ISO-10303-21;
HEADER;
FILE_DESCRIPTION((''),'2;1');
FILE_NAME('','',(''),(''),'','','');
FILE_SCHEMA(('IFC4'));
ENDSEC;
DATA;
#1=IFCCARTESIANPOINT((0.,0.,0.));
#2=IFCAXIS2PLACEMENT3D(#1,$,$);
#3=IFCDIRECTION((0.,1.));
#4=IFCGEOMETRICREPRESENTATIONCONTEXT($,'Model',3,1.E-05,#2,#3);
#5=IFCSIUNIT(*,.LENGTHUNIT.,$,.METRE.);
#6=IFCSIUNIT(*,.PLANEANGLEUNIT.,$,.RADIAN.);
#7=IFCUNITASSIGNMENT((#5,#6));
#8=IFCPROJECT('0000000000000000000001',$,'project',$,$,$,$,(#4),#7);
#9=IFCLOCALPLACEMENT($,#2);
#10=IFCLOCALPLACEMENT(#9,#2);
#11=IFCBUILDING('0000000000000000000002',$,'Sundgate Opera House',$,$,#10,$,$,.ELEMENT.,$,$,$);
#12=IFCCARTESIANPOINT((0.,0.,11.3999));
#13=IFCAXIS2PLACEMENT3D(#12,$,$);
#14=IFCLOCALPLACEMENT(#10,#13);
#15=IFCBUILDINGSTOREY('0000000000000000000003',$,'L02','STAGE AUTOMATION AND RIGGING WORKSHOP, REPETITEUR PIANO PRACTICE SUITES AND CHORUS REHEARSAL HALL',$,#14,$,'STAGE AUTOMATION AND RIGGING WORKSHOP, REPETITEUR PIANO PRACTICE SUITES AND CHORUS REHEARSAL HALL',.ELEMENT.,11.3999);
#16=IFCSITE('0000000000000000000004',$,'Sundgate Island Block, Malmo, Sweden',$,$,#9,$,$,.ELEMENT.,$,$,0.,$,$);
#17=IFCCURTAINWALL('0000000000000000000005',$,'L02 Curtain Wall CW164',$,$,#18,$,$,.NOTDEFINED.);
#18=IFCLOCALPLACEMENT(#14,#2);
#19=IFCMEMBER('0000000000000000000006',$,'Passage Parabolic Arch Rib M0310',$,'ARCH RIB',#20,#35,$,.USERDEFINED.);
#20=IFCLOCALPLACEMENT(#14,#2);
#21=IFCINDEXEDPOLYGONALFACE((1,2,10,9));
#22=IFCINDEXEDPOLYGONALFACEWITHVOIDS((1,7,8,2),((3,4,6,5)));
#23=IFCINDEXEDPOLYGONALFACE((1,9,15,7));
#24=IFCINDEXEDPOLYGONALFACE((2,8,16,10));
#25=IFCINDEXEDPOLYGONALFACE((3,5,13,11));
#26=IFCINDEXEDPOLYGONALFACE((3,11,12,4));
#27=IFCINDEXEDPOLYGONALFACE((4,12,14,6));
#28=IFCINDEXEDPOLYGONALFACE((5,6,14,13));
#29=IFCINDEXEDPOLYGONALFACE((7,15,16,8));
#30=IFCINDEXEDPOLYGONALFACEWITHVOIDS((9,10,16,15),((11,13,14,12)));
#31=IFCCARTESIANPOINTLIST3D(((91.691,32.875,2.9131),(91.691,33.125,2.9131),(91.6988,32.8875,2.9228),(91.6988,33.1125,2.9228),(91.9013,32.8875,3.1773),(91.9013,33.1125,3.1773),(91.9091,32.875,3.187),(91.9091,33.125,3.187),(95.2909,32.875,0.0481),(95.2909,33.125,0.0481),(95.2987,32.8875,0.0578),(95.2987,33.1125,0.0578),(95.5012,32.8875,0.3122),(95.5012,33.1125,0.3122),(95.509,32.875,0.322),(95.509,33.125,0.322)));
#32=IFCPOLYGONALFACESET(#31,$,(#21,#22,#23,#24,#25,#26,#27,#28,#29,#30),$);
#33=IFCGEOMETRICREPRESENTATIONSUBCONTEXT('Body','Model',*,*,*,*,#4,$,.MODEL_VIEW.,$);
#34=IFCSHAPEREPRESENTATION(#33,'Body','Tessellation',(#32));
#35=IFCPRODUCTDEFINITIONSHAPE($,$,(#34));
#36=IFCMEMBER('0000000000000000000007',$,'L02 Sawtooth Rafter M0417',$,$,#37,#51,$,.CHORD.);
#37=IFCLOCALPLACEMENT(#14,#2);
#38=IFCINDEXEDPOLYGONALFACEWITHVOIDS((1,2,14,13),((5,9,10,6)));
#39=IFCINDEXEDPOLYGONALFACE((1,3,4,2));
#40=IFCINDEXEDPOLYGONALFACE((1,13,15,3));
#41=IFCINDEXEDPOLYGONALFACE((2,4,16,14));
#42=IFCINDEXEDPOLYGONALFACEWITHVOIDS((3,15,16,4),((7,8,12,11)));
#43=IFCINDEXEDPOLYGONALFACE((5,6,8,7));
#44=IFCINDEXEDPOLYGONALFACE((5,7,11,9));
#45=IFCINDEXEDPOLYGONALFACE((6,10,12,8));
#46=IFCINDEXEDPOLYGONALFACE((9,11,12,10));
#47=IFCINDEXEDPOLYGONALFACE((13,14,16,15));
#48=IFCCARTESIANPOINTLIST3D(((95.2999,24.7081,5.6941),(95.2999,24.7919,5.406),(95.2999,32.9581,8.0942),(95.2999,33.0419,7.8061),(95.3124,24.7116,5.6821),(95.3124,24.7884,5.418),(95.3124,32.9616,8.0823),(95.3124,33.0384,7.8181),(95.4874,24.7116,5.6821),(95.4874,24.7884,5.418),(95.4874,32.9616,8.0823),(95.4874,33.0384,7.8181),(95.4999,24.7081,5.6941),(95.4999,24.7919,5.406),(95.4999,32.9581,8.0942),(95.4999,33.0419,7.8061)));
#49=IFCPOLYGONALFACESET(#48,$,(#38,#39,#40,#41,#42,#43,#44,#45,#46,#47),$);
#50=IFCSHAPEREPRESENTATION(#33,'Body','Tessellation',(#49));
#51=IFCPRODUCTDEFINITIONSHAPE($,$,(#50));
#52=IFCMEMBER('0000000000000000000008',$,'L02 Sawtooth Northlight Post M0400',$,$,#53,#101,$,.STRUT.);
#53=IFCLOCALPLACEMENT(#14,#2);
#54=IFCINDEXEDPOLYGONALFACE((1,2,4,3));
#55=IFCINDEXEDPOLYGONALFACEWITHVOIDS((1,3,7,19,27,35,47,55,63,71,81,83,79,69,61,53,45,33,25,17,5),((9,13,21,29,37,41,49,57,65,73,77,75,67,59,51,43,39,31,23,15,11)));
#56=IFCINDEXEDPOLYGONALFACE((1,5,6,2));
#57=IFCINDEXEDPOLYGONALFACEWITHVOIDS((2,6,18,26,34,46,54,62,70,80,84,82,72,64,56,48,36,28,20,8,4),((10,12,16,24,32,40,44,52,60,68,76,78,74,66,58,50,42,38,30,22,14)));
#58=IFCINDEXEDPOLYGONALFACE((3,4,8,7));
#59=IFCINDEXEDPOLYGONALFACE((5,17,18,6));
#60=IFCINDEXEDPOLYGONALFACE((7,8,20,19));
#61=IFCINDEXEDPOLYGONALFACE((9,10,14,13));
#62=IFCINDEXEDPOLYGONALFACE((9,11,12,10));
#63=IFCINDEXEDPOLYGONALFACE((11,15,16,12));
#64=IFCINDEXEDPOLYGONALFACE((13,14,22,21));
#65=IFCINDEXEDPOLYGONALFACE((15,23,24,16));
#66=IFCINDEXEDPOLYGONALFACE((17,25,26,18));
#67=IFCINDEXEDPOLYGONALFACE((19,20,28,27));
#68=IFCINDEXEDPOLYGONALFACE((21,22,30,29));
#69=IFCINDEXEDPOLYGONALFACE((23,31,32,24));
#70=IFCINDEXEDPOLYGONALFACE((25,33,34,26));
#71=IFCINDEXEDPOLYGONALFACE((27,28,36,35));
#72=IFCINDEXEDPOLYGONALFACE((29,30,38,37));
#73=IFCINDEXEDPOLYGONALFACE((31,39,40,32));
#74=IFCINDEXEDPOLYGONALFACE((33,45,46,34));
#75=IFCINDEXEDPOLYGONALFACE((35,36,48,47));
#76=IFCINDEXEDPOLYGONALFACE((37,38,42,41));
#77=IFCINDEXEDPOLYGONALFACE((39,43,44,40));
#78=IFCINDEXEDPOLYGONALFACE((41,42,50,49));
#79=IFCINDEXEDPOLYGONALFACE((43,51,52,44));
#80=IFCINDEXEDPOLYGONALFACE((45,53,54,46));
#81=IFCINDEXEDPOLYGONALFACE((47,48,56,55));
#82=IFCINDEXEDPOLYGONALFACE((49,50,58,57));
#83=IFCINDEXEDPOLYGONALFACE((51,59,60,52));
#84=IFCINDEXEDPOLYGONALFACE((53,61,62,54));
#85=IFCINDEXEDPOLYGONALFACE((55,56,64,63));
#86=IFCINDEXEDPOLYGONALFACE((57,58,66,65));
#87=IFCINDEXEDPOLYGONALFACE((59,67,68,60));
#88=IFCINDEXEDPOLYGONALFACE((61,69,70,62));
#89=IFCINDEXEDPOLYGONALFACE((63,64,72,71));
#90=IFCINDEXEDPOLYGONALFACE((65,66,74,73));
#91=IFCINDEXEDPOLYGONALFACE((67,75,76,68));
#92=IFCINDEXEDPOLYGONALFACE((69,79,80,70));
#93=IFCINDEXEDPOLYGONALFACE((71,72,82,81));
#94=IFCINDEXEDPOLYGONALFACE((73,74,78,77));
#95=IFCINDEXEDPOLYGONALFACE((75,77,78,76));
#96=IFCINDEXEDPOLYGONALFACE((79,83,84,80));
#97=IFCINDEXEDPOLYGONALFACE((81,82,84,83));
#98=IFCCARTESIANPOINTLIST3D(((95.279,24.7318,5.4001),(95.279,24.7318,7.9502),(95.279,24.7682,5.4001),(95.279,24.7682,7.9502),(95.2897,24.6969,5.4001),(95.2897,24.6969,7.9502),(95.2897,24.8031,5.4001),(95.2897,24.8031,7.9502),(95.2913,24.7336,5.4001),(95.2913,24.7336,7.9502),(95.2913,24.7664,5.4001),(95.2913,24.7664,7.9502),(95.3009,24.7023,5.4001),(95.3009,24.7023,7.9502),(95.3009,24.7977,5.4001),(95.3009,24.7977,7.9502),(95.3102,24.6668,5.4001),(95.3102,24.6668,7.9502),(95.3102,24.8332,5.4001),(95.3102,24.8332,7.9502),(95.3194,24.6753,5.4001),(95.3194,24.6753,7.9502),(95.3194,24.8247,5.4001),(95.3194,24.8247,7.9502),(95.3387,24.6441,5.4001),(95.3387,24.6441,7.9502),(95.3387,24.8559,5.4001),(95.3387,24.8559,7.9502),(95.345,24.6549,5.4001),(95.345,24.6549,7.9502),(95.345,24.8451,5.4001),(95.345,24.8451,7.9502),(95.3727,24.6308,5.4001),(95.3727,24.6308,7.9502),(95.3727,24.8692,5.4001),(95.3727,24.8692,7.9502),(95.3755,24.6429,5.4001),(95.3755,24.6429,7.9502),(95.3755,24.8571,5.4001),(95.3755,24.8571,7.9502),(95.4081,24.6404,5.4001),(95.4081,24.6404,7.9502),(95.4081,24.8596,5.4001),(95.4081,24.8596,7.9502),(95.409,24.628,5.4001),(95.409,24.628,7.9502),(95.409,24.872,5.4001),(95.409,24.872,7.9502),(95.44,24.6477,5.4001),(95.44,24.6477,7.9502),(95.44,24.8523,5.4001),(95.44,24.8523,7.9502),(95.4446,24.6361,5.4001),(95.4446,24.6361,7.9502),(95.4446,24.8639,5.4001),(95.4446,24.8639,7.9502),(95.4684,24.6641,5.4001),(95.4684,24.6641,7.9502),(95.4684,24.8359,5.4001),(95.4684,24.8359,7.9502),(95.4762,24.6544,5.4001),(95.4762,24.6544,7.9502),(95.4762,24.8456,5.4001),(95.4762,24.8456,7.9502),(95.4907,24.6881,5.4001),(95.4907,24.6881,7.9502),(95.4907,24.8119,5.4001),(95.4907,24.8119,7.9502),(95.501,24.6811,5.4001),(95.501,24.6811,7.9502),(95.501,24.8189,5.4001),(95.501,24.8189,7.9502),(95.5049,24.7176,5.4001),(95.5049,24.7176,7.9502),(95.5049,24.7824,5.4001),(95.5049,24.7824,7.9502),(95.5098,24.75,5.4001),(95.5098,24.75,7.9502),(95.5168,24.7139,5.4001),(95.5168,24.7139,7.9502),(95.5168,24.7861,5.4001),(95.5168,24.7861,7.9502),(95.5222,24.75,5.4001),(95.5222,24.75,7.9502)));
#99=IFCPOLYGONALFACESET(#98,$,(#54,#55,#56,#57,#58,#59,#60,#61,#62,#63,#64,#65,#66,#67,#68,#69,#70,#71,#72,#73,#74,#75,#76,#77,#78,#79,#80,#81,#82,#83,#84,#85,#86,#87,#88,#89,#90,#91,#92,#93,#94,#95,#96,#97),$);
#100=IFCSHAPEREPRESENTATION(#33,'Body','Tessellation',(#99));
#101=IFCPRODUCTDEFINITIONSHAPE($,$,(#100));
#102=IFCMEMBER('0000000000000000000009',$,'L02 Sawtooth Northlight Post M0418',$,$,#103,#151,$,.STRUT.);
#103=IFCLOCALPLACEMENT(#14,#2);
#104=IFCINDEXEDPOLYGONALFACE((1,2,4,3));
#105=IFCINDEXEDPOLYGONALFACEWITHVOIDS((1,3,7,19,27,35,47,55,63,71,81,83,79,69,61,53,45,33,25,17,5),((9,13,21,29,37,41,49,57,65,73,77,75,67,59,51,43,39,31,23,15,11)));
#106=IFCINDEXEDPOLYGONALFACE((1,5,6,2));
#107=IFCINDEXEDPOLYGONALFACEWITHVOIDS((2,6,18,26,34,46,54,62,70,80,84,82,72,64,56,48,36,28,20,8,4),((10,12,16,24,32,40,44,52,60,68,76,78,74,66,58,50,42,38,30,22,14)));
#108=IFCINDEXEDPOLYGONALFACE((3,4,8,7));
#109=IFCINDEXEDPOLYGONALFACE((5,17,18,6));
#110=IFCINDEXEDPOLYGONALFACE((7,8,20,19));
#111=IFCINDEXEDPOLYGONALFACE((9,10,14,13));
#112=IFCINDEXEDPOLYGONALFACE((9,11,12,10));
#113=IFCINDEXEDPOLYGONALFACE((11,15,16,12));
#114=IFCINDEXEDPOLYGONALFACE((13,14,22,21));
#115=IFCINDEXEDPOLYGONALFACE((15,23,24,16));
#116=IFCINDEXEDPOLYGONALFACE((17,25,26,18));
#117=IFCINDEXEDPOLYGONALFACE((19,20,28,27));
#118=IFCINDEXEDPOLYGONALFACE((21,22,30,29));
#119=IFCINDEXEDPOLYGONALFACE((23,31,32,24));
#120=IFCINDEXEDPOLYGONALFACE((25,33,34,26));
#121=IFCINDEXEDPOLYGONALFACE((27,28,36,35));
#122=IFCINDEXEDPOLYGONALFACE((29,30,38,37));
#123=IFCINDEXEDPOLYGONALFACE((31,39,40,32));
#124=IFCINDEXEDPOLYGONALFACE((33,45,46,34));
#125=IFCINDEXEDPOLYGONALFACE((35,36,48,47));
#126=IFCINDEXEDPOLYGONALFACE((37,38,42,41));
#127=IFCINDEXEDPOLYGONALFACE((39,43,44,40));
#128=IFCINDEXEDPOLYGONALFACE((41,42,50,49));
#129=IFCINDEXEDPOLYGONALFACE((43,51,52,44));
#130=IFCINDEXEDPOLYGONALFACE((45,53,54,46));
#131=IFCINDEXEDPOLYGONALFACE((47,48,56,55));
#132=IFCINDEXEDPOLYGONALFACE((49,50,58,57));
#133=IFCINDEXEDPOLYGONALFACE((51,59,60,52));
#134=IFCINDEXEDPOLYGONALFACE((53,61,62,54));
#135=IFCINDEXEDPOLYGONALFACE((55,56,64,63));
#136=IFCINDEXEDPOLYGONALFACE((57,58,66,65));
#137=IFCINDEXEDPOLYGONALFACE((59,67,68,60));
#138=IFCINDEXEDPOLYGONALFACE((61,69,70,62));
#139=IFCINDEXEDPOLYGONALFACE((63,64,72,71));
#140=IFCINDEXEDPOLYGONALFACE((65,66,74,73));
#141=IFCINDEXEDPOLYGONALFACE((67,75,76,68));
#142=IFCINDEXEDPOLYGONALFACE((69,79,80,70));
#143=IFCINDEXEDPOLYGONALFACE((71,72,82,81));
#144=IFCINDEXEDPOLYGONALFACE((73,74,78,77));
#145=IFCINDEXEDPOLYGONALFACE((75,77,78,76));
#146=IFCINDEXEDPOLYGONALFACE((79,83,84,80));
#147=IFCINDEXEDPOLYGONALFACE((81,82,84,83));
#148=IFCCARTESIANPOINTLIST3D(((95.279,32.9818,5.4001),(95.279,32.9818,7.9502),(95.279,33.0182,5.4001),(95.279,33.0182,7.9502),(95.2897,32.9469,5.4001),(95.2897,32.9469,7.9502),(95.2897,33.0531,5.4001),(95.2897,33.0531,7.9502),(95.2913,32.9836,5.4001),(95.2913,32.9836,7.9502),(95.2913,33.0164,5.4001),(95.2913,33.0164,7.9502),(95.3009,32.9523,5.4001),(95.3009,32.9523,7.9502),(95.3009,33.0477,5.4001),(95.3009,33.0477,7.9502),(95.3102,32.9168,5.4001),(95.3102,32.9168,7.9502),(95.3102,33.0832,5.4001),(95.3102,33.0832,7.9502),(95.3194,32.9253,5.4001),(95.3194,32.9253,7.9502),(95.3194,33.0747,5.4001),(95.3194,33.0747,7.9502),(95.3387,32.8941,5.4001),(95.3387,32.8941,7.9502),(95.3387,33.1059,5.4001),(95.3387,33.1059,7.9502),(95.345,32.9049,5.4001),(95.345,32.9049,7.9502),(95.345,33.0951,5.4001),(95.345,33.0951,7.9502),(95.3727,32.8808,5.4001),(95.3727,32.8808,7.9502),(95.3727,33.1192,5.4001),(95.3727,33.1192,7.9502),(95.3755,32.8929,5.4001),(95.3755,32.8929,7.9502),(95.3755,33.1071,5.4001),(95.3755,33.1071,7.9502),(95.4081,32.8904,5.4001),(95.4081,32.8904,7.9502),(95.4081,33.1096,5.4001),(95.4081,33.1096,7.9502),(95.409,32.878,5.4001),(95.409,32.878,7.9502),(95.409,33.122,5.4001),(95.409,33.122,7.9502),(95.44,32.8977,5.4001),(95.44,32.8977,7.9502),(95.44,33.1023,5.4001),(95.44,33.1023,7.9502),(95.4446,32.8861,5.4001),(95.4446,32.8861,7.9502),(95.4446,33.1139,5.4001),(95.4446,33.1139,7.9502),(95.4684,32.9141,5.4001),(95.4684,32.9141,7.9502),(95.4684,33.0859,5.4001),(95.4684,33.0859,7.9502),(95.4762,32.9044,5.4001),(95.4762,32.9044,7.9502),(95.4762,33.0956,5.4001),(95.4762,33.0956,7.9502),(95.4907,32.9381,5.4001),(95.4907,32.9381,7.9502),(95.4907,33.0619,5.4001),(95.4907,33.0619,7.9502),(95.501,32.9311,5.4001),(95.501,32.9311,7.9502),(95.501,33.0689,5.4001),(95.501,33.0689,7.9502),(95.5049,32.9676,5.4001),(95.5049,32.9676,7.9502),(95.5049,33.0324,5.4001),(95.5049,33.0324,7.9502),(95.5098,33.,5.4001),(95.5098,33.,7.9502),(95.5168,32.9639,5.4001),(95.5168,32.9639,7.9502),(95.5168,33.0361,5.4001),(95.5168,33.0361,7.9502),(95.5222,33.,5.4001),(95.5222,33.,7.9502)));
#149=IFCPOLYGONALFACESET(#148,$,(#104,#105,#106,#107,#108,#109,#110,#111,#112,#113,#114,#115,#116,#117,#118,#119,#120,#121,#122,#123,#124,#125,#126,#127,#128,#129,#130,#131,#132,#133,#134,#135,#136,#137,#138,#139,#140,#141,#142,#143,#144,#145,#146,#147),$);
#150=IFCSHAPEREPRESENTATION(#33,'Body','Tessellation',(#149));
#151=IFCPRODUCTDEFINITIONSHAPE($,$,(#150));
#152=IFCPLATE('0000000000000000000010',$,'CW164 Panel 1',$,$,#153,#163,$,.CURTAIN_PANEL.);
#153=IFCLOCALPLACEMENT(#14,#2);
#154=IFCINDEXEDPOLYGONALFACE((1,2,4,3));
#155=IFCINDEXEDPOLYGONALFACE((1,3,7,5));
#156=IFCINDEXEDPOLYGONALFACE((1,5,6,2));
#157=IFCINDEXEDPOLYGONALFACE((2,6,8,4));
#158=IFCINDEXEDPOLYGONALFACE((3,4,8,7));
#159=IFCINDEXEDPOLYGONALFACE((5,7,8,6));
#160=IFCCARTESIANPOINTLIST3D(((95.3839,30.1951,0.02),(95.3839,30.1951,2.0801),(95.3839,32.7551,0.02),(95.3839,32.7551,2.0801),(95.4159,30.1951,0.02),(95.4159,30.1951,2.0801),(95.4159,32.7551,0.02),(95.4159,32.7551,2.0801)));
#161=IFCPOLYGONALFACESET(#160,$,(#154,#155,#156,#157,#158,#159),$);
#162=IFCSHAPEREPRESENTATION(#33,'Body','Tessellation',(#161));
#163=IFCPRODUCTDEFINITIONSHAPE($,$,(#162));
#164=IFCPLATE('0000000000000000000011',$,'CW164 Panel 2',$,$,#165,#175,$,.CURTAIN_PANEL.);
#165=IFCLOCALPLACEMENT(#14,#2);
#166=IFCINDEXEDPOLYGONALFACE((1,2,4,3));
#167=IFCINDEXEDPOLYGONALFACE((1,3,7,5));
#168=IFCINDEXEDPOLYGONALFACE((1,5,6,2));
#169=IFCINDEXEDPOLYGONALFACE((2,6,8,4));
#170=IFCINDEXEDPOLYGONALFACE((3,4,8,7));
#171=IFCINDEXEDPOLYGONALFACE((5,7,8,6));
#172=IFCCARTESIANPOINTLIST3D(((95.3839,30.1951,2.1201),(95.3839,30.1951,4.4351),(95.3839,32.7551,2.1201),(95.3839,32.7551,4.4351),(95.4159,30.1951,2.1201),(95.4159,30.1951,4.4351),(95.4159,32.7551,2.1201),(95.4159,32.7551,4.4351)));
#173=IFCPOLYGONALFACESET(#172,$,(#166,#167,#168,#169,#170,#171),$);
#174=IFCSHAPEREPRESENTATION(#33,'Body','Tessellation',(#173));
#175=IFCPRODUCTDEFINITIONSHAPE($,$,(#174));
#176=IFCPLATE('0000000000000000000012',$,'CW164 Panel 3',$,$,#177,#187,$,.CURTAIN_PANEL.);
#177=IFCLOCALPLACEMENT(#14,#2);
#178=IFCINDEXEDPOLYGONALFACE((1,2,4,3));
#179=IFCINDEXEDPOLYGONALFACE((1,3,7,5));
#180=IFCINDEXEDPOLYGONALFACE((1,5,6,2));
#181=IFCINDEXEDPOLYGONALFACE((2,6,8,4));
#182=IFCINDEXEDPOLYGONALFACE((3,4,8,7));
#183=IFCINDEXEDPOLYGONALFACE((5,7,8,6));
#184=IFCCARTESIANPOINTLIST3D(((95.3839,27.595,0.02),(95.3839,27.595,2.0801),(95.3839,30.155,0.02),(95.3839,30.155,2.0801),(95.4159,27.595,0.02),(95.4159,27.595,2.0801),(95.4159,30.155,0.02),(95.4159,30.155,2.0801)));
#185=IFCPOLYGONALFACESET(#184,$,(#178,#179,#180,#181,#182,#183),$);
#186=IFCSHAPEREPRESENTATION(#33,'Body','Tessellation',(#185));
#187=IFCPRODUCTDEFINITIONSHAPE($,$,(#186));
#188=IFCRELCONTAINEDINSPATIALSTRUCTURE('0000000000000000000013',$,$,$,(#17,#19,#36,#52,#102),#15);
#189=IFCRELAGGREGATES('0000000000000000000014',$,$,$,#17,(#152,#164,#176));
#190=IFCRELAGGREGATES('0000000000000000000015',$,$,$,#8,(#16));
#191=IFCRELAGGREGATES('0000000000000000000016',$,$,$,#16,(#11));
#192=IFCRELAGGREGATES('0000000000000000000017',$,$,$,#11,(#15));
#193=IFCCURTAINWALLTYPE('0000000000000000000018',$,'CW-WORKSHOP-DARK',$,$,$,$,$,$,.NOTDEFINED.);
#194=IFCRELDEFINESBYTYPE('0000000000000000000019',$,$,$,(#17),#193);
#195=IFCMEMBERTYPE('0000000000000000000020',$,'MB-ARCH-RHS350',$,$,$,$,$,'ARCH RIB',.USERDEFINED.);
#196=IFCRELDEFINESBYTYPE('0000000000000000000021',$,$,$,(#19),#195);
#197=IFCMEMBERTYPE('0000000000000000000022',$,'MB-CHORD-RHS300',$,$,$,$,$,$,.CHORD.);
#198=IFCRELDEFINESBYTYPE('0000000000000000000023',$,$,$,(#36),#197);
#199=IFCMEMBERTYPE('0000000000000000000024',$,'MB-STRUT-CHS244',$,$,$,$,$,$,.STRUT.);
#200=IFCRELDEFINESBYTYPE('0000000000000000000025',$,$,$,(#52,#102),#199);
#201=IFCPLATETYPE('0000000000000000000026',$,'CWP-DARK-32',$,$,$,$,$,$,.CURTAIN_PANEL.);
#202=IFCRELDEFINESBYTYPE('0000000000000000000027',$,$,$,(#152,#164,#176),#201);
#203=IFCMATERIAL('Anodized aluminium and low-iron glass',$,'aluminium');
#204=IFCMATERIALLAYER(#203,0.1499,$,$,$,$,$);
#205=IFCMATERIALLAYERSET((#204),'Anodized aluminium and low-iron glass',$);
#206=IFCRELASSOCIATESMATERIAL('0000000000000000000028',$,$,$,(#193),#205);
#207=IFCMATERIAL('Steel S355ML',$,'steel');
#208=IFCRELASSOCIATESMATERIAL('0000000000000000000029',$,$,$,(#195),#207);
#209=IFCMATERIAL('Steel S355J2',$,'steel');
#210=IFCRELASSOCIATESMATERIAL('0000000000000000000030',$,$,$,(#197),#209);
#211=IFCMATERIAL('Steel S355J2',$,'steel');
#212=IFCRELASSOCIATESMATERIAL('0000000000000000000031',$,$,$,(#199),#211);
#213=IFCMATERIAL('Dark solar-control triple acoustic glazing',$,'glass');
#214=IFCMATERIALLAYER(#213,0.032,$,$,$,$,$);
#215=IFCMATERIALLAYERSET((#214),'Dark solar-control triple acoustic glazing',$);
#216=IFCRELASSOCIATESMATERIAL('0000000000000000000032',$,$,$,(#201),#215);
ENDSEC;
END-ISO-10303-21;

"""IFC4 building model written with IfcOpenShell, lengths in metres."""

from ifc_helpers import new_model, si_unit, direction, frame, origin, origin_2d, place, context, subcontext, project, spatial, rectangle, hollow_rectangle, hollow_circle, extrude, material, layer, layer_set, material_profile, profile_set, type_object, element, aggregate, save


model = new_model("IFC4")

# Units and contexts
model_context = context("Model", 3, precision=1e-05, world=origin(), true_north=direction((0.0, 1.0)))
body_context = subcontext(model_context, "Body", "Model", "MODEL_VIEW")
ifc_project = project(units=[si_unit("LENGTHUNIT", "METRE"), si_unit("PLANEANGLEUNIT", "RADIAN")], contexts=[model_context])

# Site, building, storey
site_placement = place(None, origin())
site = spatial("IfcSite", under=ifc_project, at=site_placement, Name="Sundgate Island Block, Malmo, Sweden", CompositionType="ELEMENT", RefElevation=0.0)
building_placement = place(site_placement, origin())
building = spatial("IfcBuilding", under=site, at=building_placement, Name="Sundgate Opera House", CompositionType="ELEMENT")
storey_placement = place(building_placement, frame((0.0, 0.0, 11.3999)))
storey = spatial("IfcBuildingStorey", under=building, at=storey_placement, Name="L02", Description="STAGE AUTOMATION AND RIGGING WORKSHOP, REPETITEUR PIANO PRACTICE SUITES AND CHORUS REHEARSAL HALL", LongName="STAGE AUTOMATION AND RIGGING WORKSHOP, REPETITEUR PIANO PRACTICE SUITES AND CHORUS REHEARSAL HALL", CompositionType="ELEMENT", Elevation=11.3999)

# Curtain wall
ifc_material_1 = material(Name="Anodized aluminium and low-iron glass", Category="aluminium")
ifc_layer_1 = layer(ifc_material_1, 0.1499)
ifc_layer_set_1 = layer_set([ifc_layer_1], Name="Anodized aluminium and low-iron glass")
curtain_wall_type_1 = type_object("IfcCurtainWallType", Name="CW-WORKSHOP-DARK", PredefinedType="NOTDEFINED", material=ifc_layer_set_1)
curtain_wall_1_placement = place(storey_placement, origin())
curtain_wall_1 = element("IfcCurtainWall", 1, at=curtain_wall_1_placement, inside=storey, type_object=curtain_wall_type_1, Name="L02 Curtain Wall CW164", PredefinedType="NOTDEFINED")

# Members
ifc_material_2 = material(Name="Steel S355ML", Category="steel")
ifc_material_profile_1 = material_profile(ifc_material_2, hollow_rectangle(XDim=0.25, YDim=0.3501, WallThickness=0.0125, at=origin_2d()), Name="RHS 350x250x12.5")
ifc_profile_set_1 = profile_set([ifc_material_profile_1], Name="Steel S355ML")
member_type_1 = type_object("IfcMemberType", Name="MB-ARCH-RHS350", ElementType="ARCH RIB", PredefinedType="USERDEFINED", material=ifc_profile_set_1)
member_1_placement = place(storey_placement, frame((91.8, 33.0, 3.05), z_axis=(0.782445, 0.0, -0.622719), x_axis=(0.0, 1.0, 0.0)))
element("IfcMember", 2, at=member_1_placement, inside=storey, type_object=member_type_1, Name="Passage Parabolic Arch Rib M0310", ObjectType="ARCH RIB", PredefinedType="USERDEFINED", context=body_context, shape_type="SweptSolid", body=[
    extrude(hollow_rectangle(XDim=0.25, YDim=0.3501, WallThickness=0.0125, at=origin_2d()), origin(), (0.0, 0.0, 1.0), 4.6008),
])
ifc_material_3 = material(Name="Steel S355J2", Category="steel")
ifc_material_profile_2 = material_profile(ifc_material_3, hollow_rectangle(XDim=0.2, YDim=0.3, WallThickness=0.0125, at=origin_2d()), Name="RHS 300x200x12.5")
ifc_profile_set_2 = profile_set([ifc_material_profile_2], Name="Steel S355J2")
member_type_2 = type_object("IfcMemberType", Name="MB-CHORD-RHS300", PredefinedType="CHORD", material=ifc_profile_set_2)
member_2_placement = place(storey_placement, frame((95.3999, 24.75, 5.55), z_axis=(0.0, 0.960191, 0.279345), x_axis=(-1.0, 0.0, 0.0)))
element("IfcMember", 3, at=member_2_placement, inside=storey, type_object=member_type_2, Name="L02 Sawtooth Rafter M0417", PredefinedType="CHORD", context=body_context, shape_type="SweptSolid", body=[
    extrude(hollow_rectangle(XDim=0.2, YDim=0.3, WallThickness=0.0125, at=origin_2d()), origin(), (0.0, 0.0, 1.0), 8.592),
])
ifc_material_4 = material(Name="Steel S355J2", Category="steel")
ifc_material_profile_3 = material_profile(ifc_material_4, hollow_circle(Radius=0.1223, WallThickness=0.0125, at=origin_2d()), Name="CHS 244.5x12.5")
ifc_profile_set_3 = profile_set([ifc_material_profile_3], Name="Steel S355J2")
member_type_3 = type_object("IfcMemberType", Name="MB-STRUT-CHS244", PredefinedType="STRUT", material=ifc_profile_set_3)
for number, where, z_axis, x_axis, name in (
    (4, (95.3999, 24.75, 5.4001), (0.0, 0.0, 1.0), (1.0, 0.0, 0.0), "L02 Sawtooth Northlight Post M0400"),
    (5, (95.3999, 33.0, 5.4001), (0.0, 0.0, 1.0), (1.0, 0.0, 0.0), "L02 Sawtooth Northlight Post M0418"),
):
    element("IfcMember", number, at=place(storey_placement, frame(where, z_axis=z_axis, x_axis=x_axis)), inside=storey, type_object=member_type_3, Name=name, PredefinedType="STRUT", context=body_context, shape_type="SweptSolid", body=[
        extrude(hollow_circle(Radius=0.1223, WallThickness=0.0125, at=origin_2d()), origin(), (0.0, 0.0, 1.0), 2.55),
    ])

# Plates
ifc_material_5 = material(Name="Dark solar-control triple acoustic glazing", Category="glass")
ifc_layer_2 = layer(ifc_material_5, 0.032)
ifc_layer_set_2 = layer_set([ifc_layer_2], Name="Dark solar-control triple acoustic glazing")
plate_type_1 = type_object("IfcPlateType", Name="CWP-DARK-32", PredefinedType="CURTAIN_PANEL", material=ifc_layer_set_2)
plate_1_placement = place(storey_placement, frame((95.3999, 31.4751, 0.02), z_axis=(0.0, 0.0, 1.0), x_axis=(0.0, -1.0, 0.0)))
plate_1 = element("IfcPlate", 6, at=plate_1_placement, type_object=plate_type_1, Name="CW164 Panel 1", PredefinedType="CURTAIN_PANEL", context=body_context, shape_type="SweptSolid", body=[
    extrude(rectangle(XDim=2.5601, YDim=0.032, at=origin_2d()), origin(), (0.0, 0.0, 1.0), 2.0601),
])
plate_2_placement = place(storey_placement, frame((95.3999, 31.4751, 2.1201), z_axis=(0.0, 0.0, 1.0), x_axis=(0.0, -1.0, 0.0)))
plate_2 = element("IfcPlate", 7, at=plate_2_placement, type_object=plate_type_1, Name="CW164 Panel 2", PredefinedType="CURTAIN_PANEL", context=body_context, shape_type="SweptSolid", body=[
    extrude(rectangle(XDim=2.5601, YDim=0.032, at=origin_2d()), origin(), (0.0, 0.0, 1.0), 2.3149),
])
plate_3_placement = place(storey_placement, frame((95.3999, 28.875, 0.02), z_axis=(0.0, 0.0, 1.0), x_axis=(0.0, -1.0, 0.0)))
plate_3 = element("IfcPlate", 8, at=plate_3_placement, type_object=plate_type_1, Name="CW164 Panel 3", PredefinedType="CURTAIN_PANEL", context=body_context, shape_type="SweptSolid", body=[
    extrude(rectangle(XDim=2.5601, YDim=0.032, at=origin_2d()), origin(), (0.0, 0.0, 1.0), 2.0601),
])
aggregate(curtain_wall_1, [plate_1, plate_2, plate_3])

save(model, "model.ifc")
